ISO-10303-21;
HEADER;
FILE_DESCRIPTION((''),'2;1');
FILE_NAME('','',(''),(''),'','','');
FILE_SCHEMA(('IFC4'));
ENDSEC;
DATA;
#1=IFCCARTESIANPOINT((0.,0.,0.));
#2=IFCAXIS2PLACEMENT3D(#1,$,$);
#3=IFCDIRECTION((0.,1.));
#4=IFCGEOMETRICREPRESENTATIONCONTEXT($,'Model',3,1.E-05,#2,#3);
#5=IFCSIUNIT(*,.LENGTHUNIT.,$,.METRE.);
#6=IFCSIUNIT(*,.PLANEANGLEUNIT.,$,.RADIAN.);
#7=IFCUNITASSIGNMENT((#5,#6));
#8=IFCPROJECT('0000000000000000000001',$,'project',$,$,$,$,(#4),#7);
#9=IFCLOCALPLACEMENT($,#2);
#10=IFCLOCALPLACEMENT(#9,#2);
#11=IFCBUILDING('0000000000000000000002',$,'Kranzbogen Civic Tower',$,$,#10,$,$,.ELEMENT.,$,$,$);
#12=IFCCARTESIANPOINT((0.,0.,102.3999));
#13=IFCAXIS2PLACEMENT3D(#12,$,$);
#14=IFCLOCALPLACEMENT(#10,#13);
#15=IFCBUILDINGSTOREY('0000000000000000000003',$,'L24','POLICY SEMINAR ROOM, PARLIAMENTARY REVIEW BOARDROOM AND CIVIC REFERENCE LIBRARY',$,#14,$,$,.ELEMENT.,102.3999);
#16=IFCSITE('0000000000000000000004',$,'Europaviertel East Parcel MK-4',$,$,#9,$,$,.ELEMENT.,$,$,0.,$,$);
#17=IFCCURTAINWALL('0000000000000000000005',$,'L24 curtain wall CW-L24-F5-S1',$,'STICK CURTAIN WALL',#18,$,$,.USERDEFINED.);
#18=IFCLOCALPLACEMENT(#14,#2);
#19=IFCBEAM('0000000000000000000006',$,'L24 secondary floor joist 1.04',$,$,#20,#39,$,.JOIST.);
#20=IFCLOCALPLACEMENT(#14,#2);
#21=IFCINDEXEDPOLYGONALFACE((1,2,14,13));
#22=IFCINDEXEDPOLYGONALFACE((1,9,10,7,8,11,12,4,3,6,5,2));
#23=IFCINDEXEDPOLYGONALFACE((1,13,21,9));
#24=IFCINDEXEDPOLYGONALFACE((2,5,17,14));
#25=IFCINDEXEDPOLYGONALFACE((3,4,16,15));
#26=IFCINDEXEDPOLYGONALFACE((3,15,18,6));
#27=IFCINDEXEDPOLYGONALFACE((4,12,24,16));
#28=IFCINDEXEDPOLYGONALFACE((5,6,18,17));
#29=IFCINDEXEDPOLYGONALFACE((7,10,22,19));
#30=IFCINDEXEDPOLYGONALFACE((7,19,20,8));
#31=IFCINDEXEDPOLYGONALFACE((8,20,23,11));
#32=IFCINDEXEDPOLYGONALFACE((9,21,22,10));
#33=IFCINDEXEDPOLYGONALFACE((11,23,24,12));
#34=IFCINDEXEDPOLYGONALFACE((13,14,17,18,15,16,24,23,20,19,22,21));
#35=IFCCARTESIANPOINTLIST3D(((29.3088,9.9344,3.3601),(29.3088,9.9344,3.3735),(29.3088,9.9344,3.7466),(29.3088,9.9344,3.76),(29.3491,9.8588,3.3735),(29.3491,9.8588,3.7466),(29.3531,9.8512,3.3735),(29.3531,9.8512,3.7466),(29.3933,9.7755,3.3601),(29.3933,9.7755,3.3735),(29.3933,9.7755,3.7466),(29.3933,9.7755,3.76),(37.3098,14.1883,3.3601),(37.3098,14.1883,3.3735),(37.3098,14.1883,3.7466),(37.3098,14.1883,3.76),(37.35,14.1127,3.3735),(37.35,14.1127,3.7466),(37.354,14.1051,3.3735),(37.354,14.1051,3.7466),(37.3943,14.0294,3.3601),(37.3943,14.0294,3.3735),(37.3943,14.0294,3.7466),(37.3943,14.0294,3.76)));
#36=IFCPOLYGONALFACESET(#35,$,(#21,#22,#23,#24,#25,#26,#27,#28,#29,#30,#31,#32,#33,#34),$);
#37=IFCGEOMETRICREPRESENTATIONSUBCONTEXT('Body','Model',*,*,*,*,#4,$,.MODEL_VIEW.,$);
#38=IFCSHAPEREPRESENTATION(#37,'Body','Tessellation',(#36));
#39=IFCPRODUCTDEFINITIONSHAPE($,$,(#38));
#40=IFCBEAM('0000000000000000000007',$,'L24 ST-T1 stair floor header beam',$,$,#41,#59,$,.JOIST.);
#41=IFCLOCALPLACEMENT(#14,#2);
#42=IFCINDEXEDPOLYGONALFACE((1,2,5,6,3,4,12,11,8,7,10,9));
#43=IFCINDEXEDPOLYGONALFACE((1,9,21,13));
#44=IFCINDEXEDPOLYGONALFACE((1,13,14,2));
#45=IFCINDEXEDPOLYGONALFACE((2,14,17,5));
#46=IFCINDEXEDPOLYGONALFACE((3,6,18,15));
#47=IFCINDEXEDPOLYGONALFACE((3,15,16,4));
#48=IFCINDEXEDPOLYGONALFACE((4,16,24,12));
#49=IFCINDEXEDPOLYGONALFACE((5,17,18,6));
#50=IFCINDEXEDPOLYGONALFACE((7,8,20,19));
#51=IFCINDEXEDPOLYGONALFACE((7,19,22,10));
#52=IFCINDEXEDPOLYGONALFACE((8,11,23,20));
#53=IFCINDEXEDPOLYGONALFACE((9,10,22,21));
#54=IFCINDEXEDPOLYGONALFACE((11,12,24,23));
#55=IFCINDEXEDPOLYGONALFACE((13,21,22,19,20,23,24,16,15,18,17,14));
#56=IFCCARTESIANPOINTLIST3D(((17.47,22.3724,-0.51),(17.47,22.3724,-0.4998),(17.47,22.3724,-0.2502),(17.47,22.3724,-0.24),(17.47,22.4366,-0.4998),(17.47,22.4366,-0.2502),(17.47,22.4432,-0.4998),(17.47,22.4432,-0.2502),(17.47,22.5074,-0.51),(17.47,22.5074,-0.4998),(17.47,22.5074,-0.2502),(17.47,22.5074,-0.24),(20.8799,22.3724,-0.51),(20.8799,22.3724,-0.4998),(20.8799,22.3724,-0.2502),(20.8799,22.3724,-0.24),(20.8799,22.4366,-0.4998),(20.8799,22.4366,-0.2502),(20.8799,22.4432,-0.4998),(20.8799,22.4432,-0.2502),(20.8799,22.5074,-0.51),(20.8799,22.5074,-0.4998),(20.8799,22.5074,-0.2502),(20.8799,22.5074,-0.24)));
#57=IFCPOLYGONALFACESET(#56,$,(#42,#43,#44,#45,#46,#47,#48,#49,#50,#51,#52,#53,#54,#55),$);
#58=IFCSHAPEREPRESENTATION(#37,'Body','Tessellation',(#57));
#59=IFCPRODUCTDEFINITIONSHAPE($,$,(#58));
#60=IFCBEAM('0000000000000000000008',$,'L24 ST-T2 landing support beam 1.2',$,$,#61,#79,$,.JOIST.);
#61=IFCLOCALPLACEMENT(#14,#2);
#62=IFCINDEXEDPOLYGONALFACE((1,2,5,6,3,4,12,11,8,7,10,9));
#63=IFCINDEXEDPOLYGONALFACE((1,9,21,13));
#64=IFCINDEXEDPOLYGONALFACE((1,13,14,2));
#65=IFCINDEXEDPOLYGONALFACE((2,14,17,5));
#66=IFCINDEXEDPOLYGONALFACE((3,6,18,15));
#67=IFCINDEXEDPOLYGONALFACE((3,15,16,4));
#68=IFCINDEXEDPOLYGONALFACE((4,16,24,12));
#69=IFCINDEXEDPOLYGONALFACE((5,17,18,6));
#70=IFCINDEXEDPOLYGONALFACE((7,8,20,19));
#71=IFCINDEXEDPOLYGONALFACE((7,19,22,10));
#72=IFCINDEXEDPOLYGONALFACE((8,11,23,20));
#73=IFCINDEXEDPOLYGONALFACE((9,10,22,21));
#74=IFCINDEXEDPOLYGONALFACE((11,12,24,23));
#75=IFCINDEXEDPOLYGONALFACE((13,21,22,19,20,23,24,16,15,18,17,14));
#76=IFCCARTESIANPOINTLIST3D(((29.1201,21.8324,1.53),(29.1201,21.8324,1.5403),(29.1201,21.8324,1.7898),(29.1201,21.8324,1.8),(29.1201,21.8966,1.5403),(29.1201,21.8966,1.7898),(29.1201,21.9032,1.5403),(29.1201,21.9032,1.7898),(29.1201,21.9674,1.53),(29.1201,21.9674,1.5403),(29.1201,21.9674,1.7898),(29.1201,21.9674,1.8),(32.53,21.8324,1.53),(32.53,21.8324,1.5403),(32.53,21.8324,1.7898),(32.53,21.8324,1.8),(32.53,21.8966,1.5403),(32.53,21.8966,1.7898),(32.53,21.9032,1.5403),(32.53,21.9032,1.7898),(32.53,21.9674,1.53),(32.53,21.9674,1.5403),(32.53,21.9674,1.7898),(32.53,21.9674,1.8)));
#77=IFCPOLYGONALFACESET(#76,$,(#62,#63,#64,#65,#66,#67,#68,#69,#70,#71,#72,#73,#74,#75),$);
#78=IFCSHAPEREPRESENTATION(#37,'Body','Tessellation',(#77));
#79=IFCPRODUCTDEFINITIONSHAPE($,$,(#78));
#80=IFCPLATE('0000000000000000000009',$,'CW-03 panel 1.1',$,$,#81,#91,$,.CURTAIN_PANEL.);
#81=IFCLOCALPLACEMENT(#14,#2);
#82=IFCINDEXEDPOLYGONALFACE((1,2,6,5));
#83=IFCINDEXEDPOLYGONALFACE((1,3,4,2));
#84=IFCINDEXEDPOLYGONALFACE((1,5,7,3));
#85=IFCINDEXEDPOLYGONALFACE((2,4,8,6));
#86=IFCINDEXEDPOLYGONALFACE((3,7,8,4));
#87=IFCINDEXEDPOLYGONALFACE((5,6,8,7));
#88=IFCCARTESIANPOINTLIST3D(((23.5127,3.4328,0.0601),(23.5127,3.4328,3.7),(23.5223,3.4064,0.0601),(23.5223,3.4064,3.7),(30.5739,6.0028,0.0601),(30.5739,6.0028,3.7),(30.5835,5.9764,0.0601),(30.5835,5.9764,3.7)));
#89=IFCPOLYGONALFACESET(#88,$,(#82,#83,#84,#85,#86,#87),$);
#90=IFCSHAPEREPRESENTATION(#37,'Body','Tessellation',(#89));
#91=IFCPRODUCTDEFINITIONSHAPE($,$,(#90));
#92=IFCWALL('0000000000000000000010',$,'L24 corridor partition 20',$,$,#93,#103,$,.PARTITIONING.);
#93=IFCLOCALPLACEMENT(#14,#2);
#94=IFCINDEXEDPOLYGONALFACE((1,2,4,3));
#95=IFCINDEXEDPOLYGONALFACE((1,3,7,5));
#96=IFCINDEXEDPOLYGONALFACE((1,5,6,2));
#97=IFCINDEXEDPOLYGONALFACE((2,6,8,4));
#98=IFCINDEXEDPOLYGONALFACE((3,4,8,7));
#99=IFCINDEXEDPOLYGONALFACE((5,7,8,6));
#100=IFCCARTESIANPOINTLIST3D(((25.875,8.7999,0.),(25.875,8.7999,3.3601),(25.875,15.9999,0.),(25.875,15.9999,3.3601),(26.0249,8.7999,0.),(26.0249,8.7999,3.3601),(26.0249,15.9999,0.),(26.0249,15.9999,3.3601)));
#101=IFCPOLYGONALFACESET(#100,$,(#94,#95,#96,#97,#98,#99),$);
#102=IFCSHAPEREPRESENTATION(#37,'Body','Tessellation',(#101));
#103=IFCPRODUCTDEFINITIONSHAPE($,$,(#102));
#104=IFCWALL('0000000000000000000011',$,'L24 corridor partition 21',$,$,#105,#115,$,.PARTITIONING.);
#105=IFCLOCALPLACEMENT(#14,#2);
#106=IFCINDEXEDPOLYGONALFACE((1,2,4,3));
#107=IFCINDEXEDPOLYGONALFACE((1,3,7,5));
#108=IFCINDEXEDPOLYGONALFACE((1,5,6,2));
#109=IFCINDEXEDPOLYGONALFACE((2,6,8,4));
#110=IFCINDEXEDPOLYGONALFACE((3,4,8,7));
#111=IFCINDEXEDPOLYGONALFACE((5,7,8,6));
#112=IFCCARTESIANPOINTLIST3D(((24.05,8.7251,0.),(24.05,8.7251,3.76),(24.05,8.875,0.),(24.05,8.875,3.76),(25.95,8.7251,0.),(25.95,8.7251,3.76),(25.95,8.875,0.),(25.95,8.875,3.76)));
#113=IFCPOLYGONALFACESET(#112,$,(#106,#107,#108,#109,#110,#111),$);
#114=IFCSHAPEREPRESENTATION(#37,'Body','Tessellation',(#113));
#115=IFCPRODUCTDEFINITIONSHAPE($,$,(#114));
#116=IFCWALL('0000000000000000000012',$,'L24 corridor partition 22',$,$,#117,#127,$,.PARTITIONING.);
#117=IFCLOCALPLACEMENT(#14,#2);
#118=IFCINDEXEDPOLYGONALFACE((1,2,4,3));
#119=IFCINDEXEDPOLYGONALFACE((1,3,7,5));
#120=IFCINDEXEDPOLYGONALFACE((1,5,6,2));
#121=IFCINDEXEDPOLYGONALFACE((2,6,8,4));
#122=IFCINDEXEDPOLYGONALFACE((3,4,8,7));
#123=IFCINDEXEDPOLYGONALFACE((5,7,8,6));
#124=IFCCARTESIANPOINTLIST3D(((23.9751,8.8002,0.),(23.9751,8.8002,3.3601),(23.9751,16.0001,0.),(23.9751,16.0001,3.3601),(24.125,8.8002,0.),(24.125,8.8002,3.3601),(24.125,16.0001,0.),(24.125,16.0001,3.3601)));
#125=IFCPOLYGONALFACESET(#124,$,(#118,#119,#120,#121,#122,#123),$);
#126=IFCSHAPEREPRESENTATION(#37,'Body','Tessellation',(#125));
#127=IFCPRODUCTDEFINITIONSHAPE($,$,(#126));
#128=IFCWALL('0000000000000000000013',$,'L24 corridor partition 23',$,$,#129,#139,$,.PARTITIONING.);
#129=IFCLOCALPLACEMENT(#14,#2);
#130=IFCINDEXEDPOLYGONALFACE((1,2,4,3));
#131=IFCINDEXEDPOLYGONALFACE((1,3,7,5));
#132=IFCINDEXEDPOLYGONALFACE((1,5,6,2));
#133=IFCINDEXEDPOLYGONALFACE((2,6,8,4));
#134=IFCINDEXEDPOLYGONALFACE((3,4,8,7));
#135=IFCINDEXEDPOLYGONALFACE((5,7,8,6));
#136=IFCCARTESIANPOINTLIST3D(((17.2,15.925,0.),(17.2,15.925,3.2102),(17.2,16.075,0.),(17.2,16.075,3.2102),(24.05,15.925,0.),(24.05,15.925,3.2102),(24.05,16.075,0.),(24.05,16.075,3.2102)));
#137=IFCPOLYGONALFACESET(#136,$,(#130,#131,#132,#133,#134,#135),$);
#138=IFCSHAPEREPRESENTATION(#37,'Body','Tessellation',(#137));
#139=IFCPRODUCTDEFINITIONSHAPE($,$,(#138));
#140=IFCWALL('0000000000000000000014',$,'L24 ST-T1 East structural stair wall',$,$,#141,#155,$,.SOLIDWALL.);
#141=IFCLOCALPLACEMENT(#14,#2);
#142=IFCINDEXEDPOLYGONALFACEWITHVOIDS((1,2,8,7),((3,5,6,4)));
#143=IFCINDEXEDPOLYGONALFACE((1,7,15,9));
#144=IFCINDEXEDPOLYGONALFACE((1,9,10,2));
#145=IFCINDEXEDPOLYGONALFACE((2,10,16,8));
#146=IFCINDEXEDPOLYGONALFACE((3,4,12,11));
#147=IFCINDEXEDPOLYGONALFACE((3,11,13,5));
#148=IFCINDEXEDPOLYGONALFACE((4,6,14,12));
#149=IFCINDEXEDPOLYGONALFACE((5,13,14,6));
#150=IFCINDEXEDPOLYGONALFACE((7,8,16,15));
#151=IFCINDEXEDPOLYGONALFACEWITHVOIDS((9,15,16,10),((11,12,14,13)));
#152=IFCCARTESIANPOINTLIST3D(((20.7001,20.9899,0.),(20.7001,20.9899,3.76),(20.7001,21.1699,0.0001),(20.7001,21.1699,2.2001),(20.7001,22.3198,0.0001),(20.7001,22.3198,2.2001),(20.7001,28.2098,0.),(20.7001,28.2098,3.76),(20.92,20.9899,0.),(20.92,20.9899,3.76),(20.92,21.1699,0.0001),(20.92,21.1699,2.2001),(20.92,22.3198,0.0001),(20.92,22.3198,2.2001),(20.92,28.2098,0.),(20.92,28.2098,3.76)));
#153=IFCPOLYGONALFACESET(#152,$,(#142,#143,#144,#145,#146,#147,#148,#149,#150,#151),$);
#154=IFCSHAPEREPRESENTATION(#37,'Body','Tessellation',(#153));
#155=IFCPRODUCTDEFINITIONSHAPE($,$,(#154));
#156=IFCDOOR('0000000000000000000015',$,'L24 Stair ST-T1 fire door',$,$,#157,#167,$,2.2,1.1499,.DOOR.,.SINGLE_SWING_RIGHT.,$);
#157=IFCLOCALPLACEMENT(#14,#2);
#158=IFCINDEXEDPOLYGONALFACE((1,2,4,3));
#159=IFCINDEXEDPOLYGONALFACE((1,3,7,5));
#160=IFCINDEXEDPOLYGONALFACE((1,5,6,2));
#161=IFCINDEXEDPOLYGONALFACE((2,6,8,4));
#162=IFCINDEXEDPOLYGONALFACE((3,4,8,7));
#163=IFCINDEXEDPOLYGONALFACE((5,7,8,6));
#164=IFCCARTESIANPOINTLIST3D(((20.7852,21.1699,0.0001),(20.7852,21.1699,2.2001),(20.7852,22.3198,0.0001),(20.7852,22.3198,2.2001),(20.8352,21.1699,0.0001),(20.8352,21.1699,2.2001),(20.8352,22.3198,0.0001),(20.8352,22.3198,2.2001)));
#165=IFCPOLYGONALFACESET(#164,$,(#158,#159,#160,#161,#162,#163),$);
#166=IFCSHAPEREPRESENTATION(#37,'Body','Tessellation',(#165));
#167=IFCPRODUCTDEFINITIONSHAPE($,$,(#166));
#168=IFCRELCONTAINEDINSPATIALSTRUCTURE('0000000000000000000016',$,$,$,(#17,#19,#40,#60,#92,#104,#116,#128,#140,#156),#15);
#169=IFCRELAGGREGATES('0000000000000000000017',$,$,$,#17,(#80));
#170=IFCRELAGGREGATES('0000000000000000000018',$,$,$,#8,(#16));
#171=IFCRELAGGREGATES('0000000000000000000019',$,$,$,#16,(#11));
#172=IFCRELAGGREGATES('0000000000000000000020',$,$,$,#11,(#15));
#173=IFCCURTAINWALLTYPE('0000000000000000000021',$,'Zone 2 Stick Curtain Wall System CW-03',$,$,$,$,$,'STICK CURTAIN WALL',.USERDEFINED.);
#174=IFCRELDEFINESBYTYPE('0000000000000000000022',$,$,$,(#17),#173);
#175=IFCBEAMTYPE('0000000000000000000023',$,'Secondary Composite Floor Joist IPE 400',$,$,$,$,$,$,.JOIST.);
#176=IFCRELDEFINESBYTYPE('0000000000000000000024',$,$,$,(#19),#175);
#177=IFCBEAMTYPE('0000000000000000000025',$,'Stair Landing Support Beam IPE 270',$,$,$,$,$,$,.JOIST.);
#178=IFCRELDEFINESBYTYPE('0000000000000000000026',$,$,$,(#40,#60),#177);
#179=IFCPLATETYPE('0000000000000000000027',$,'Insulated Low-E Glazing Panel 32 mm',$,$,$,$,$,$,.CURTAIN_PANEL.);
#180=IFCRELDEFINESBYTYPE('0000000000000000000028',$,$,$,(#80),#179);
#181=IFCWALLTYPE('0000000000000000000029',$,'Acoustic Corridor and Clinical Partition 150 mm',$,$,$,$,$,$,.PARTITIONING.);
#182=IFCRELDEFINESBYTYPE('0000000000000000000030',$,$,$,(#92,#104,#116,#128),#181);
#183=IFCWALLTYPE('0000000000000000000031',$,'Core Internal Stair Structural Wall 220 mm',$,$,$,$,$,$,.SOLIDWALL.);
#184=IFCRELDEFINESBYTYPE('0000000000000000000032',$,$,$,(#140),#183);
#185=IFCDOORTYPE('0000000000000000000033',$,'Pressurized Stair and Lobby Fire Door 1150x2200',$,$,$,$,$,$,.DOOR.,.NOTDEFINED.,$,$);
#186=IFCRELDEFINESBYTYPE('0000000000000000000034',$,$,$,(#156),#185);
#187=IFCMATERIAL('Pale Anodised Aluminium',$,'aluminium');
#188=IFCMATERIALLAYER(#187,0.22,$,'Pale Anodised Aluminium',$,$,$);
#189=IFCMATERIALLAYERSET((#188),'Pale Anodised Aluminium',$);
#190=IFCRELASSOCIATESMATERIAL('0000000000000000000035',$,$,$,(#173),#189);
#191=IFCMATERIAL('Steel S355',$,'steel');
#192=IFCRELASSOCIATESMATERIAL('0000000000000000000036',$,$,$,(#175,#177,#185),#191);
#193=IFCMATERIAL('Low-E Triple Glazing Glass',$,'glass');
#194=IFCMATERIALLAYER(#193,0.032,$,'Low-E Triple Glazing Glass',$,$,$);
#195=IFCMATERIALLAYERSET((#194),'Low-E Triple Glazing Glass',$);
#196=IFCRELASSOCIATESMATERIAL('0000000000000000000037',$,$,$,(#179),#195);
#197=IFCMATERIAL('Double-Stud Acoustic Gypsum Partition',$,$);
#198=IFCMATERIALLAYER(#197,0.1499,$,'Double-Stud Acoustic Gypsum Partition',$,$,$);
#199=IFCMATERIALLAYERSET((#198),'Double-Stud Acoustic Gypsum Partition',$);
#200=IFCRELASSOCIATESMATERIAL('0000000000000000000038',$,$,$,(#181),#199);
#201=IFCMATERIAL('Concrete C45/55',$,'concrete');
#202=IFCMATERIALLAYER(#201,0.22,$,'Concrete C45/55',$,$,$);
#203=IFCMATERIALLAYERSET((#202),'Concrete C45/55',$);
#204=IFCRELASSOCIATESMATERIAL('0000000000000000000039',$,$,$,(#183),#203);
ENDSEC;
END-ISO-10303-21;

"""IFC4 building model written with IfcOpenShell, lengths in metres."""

from ifc_helpers import new_model, si_unit, direction, frame, frame_2d, origin, origin_2d, place, context, subcontext, project, spatial, rectangle, i_section, extrude, material, layer, layer_set, material_profile, profile_set, type_object, element, fill, aggregate, save


model = new_model("IFC4")

# Units and contexts
model_context = context("Model", 3, precision=1e-05, world=origin(), true_north=direction((0.0, 1.0)))
body_context = subcontext(model_context, "Body", "Model", "MODEL_VIEW")
ifc_project = project(units=[si_unit("LENGTHUNIT", "METRE"), si_unit("PLANEANGLEUNIT", "RADIAN")], contexts=[model_context])

# Site, building, storey
site_placement = place(None, origin())
site = spatial("IfcSite", under=ifc_project, at=site_placement, Name="Europaviertel East Parcel MK-4", CompositionType="ELEMENT", RefElevation=0.0)
building_placement = place(site_placement, origin())
building = spatial("IfcBuilding", under=site, at=building_placement, Name="Kranzbogen Civic Tower", CompositionType="ELEMENT")
storey_placement = place(building_placement, frame((0.0, 0.0, 102.3999)))
storey = spatial("IfcBuildingStorey", under=building, at=storey_placement, Name="L24", Description="POLICY SEMINAR ROOM, PARLIAMENTARY REVIEW BOARDROOM AND CIVIC REFERENCE LIBRARY", CompositionType="ELEMENT", Elevation=102.3999)

# Curtain wall
ifc_material_1 = material(Name="Pale Anodised Aluminium", Category="aluminium")
ifc_layer_1 = layer(ifc_material_1, 0.22, Name="Pale Anodised Aluminium")
ifc_layer_set_1 = layer_set([ifc_layer_1], Name="Pale Anodised Aluminium")
curtain_wall_type = type_object("IfcCurtainWallType", Name="Zone 2 Stick Curtain Wall System CW-03", ElementType="STICK CURTAIN WALL", PredefinedType="USERDEFINED", material=ifc_layer_set_1)
curtain_wall_placement = place(storey_placement, origin())
curtain_wall = element("IfcCurtainWall", 1, at=curtain_wall_placement, inside=storey, type_object=curtain_wall_type, Name="L24 curtain wall CW-L24-F5-S1", ObjectType="STICK CURTAIN WALL", PredefinedType="USERDEFINED")

# Beams
ifc_material_2 = material(Name="Steel S355", Category="steel")
ifc_material_profile_1 = material_profile(ifc_material_2, i_section(OverallWidth=0.1799, OverallDepth=0.3999, WebThickness=0.0085, FlangeThickness=0.0134, at=origin_2d()), Name="IPE 400")
ifc_profile_set_1 = profile_set([ifc_material_profile_1], Name="Steel S355")
beam_type_1 = type_object("IfcBeamType", Name="Secondary Composite Floor Joist IPE 400", PredefinedType="JOIST", material=ifc_profile_set_1)
beam_1_placement = place(storey_placement, frame((29.3511, 9.855, 3.5601), z_axis=(0.882961, 0.469447, 0.0), x_axis=(-0.469447, 0.882961, 0.0)))
element("IfcBeam", 2, at=beam_1_placement, inside=storey, type_object=beam_type_1, Name="L24 secondary floor joist 1.04", PredefinedType="JOIST", context=body_context, shape_type="SweptSolid", body=[
    extrude(i_section(OverallWidth=0.1799, OverallDepth=0.3999, WebThickness=0.0085, FlangeThickness=0.0134, at=origin_2d()), origin(), (0.0, 0.0, 1.0), 9.0615),
])
ifc_material_profile_2 = material_profile(ifc_material_2, i_section(OverallWidth=0.135, OverallDepth=0.27, WebThickness=0.0066, FlangeThickness=0.0103, at=origin_2d()), Name="IPE 270")
ifc_profile_set_2 = profile_set([ifc_material_profile_2], Name="Steel S355")
beam_type_2 = type_object("IfcBeamType", Name="Stair Landing Support Beam IPE 270", PredefinedType="JOIST", material=ifc_profile_set_2)
for number, where, z_axis, x_axis, name in (
    (3, (20.8799, 22.4399, -0.375), (-1.0, 0.0, 0.0), (0.0, -1.0, 0.0), "L24 ST-T1 stair floor header beam"),
    (4, (29.1201, 21.8999, 1.665), (1.0, 0.0, 0.0), (0.0, 1.0, 0.0), "L24 ST-T2 landing support beam 1.2"),
):
    element("IfcBeam", number, at=place(storey_placement, frame(where, z_axis=z_axis, x_axis=x_axis)), inside=storey, type_object=beam_type_2, Name=name, PredefinedType="JOIST", context=body_context, shape_type="SweptSolid", body=[
        extrude(i_section(OverallWidth=0.135, OverallDepth=0.27, WebThickness=0.0066, FlangeThickness=0.0103, at=origin_2d()), origin(), (0.0, 0.0, 1.0), 3.4099),
    ])

# Plate
ifc_material_3 = material(Name="Low-E Triple Glazing Glass", Category="glass")
ifc_layer_2 = layer(ifc_material_3, 0.032, Name="Low-E Triple Glazing Glass")
ifc_layer_set_2 = layer_set([ifc_layer_2], Name="Low-E Triple Glazing Glass")
plate_type = type_object("IfcPlateType", Name="Insulated Low-E Glazing Panel 32 mm", PredefinedType="CURTAIN_PANEL", material=ifc_layer_set_2)
plate_placement = place(storey_placement, frame((27.0481, 4.7046, 0.0601), z_axis=(0.0, 0.0, 1.0), x_axis=(0.939698, 0.342006, 0.0)))
plate = element("IfcPlate", 5, at=plate_placement, type_object=plate_type, Name="CW-03 panel 1.1", PredefinedType="CURTAIN_PANEL", context=body_context, shape_type="SweptSolid", body=[
    extrude(rectangle(XDim=7.5144, YDim=0.0281, at=origin_2d()), origin(), (0.0, 0.0, 1.0), 3.6399),
])
aggregate(curtain_wall, [plate])

# Walls
ifc_material_4 = material(Name="Double-Stud Acoustic Gypsum Partition")
ifc_layer_3 = layer(ifc_material_4, 0.1499, Name="Double-Stud Acoustic Gypsum Partition")
ifc_layer_set_3 = layer_set([ifc_layer_3], Name="Double-Stud Acoustic Gypsum Partition")
wall_type_1 = type_object("IfcWallType", Name="Acoustic Corridor and Clinical Partition 150 mm", PredefinedType="PARTITIONING", material=ifc_layer_set_3)
wall_1_placement = place(storey_placement, frame((25.95, 16.0, 0.0), z_axis=(0.0, 0.0, 1.0), x_axis=(0.0, -1.0, 0.0)))
element("IfcWall", 6, at=wall_1_placement, inside=storey, type_object=wall_type_1, Name="L24 corridor partition 20", PredefinedType="PARTITIONING", context=body_context, shape_type="SweptSolid", body=[
    extrude(rectangle(XDim=7.2, YDim=0.1499, at=frame_2d((3.6001, 0.0))), origin(), (0.0, 0.0, 1.0), 3.3601),
])
wall_2_placement = place(storey_placement, frame((25.95, 8.8, 0.0), z_axis=(0.0, 0.0, 1.0), x_axis=(-1.0, 0.0, 0.0)))
element("IfcWall", 7, at=wall_2_placement, inside=storey, type_object=wall_type_1, Name="L24 corridor partition 21", PredefinedType="PARTITIONING", context=body_context, shape_type="SweptSolid", body=[
    extrude(rectangle(XDim=1.8999, YDim=0.1499, at=frame_2d((0.95, 0.0))), origin(), (0.0, 0.0, 1.0), 3.76),
])
wall_3_placement = place(storey_placement, frame((24.05, 8.8, 0.0), z_axis=(0.0, 0.0, 1.0), x_axis=(0.0, 1.0, 0.0)))
element("IfcWall", 8, at=wall_3_placement, inside=storey, type_object=wall_type_1, Name="L24 corridor partition 22", PredefinedType="PARTITIONING", context=body_context, shape_type="SweptSolid", body=[
    extrude(rectangle(XDim=7.2, YDim=0.1499, at=frame_2d((3.6001, 0.0))), origin(), (0.0, 0.0, 1.0), 3.3601),
])
wall_4_placement = place(storey_placement, frame((24.05, 16.0, 0.0), z_axis=(0.0, 0.0, 1.0), x_axis=(-1.0, 0.0, 0.0)))
element("IfcWall", 9, at=wall_4_placement, inside=storey, type_object=wall_type_1, Name="L24 corridor partition 23", PredefinedType="PARTITIONING", context=body_context, shape_type="SweptSolid", body=[
    extrude(rectangle(XDim=6.8501, YDim=0.1499, at=frame_2d((3.425, 0.0))), origin(), (0.0, 0.0, 1.0), 3.2102),
])

# Wall, opening, door
ifc_material_5 = material(Name="Concrete C45/55", Category="concrete")
ifc_layer_4 = layer(ifc_material_5, 0.22, Name="Concrete C45/55")
ifc_layer_set_4 = layer_set([ifc_layer_4], Name="Concrete C45/55")
wall_type_2 = type_object("IfcWallType", Name="Core Internal Stair Structural Wall 220 mm", PredefinedType="SOLIDWALL", material=ifc_layer_set_4)
wall_5_placement = place(storey_placement, frame((20.8101, 20.99, 0.0), z_axis=(0.0, 0.0, 1.0), x_axis=(0.0, 1.0, 0.0)))
wall_5 = element("IfcWall", 10, at=wall_5_placement, inside=storey, type_object=wall_type_2, Name="L24 ST-T1 East structural stair wall", PredefinedType="SOLIDWALL", context=body_context, shape_type="SweptSolid", body=[
    extrude(rectangle(XDim=7.22, YDim=0.22, at=frame_2d((3.6099, 0.0))), origin(), (0.0, 0.0, 1.0), 3.76),
])
opening_1_placement = place(wall_5_placement, frame((0.1799, 0.0, 0.0)))
opening_1 = element("IfcOpeningElement", 11, at=opening_1_placement, cuts=wall_5, PredefinedType="OPENING", context=body_context, shape_type="SweptSolid", body=[
    extrude(rectangle(XDim=1.1499, YDim=2.2, at=frame_2d((0.575, 1.1001))), frame((0.0, 0.1201, 0.0), z_axis=(0.0, -1.0, 0.0), x_axis=(1.0, 0.0, 0.0)), (0.0, 0.0, 1.0), 0.24),
])
door_type = type_object("IfcDoorType", Name="Pressurized Stair and Lobby Fire Door 1150x2200", OperationType="NOTDEFINED", PredefinedType="DOOR", material=ifc_material_2)
door_1_placement = place(opening_1_placement, origin())
door_1 = element("IfcDoor", 12, at=door_1_placement, inside=storey, type_object=door_type, Name="L24 Stair ST-T1 fire door", OperationType="SINGLE_SWING_RIGHT", OverallHeight=2.2, OverallWidth=1.1499, PredefinedType="DOOR", context=body_context, shape_type="SweptSolid", body=[
    extrude(rectangle(XDim=1.1499, YDim=2.2, at=frame_2d((0.575, 1.1001))), frame((0.0, 0.0249, 0.0), z_axis=(0.0, -1.0, 0.0), x_axis=(1.0, 0.0, 0.0)), (0.0, 0.0, 1.0), 0.05),
])
fill(opening_1, door_1)

save(model, "model.ifc")
